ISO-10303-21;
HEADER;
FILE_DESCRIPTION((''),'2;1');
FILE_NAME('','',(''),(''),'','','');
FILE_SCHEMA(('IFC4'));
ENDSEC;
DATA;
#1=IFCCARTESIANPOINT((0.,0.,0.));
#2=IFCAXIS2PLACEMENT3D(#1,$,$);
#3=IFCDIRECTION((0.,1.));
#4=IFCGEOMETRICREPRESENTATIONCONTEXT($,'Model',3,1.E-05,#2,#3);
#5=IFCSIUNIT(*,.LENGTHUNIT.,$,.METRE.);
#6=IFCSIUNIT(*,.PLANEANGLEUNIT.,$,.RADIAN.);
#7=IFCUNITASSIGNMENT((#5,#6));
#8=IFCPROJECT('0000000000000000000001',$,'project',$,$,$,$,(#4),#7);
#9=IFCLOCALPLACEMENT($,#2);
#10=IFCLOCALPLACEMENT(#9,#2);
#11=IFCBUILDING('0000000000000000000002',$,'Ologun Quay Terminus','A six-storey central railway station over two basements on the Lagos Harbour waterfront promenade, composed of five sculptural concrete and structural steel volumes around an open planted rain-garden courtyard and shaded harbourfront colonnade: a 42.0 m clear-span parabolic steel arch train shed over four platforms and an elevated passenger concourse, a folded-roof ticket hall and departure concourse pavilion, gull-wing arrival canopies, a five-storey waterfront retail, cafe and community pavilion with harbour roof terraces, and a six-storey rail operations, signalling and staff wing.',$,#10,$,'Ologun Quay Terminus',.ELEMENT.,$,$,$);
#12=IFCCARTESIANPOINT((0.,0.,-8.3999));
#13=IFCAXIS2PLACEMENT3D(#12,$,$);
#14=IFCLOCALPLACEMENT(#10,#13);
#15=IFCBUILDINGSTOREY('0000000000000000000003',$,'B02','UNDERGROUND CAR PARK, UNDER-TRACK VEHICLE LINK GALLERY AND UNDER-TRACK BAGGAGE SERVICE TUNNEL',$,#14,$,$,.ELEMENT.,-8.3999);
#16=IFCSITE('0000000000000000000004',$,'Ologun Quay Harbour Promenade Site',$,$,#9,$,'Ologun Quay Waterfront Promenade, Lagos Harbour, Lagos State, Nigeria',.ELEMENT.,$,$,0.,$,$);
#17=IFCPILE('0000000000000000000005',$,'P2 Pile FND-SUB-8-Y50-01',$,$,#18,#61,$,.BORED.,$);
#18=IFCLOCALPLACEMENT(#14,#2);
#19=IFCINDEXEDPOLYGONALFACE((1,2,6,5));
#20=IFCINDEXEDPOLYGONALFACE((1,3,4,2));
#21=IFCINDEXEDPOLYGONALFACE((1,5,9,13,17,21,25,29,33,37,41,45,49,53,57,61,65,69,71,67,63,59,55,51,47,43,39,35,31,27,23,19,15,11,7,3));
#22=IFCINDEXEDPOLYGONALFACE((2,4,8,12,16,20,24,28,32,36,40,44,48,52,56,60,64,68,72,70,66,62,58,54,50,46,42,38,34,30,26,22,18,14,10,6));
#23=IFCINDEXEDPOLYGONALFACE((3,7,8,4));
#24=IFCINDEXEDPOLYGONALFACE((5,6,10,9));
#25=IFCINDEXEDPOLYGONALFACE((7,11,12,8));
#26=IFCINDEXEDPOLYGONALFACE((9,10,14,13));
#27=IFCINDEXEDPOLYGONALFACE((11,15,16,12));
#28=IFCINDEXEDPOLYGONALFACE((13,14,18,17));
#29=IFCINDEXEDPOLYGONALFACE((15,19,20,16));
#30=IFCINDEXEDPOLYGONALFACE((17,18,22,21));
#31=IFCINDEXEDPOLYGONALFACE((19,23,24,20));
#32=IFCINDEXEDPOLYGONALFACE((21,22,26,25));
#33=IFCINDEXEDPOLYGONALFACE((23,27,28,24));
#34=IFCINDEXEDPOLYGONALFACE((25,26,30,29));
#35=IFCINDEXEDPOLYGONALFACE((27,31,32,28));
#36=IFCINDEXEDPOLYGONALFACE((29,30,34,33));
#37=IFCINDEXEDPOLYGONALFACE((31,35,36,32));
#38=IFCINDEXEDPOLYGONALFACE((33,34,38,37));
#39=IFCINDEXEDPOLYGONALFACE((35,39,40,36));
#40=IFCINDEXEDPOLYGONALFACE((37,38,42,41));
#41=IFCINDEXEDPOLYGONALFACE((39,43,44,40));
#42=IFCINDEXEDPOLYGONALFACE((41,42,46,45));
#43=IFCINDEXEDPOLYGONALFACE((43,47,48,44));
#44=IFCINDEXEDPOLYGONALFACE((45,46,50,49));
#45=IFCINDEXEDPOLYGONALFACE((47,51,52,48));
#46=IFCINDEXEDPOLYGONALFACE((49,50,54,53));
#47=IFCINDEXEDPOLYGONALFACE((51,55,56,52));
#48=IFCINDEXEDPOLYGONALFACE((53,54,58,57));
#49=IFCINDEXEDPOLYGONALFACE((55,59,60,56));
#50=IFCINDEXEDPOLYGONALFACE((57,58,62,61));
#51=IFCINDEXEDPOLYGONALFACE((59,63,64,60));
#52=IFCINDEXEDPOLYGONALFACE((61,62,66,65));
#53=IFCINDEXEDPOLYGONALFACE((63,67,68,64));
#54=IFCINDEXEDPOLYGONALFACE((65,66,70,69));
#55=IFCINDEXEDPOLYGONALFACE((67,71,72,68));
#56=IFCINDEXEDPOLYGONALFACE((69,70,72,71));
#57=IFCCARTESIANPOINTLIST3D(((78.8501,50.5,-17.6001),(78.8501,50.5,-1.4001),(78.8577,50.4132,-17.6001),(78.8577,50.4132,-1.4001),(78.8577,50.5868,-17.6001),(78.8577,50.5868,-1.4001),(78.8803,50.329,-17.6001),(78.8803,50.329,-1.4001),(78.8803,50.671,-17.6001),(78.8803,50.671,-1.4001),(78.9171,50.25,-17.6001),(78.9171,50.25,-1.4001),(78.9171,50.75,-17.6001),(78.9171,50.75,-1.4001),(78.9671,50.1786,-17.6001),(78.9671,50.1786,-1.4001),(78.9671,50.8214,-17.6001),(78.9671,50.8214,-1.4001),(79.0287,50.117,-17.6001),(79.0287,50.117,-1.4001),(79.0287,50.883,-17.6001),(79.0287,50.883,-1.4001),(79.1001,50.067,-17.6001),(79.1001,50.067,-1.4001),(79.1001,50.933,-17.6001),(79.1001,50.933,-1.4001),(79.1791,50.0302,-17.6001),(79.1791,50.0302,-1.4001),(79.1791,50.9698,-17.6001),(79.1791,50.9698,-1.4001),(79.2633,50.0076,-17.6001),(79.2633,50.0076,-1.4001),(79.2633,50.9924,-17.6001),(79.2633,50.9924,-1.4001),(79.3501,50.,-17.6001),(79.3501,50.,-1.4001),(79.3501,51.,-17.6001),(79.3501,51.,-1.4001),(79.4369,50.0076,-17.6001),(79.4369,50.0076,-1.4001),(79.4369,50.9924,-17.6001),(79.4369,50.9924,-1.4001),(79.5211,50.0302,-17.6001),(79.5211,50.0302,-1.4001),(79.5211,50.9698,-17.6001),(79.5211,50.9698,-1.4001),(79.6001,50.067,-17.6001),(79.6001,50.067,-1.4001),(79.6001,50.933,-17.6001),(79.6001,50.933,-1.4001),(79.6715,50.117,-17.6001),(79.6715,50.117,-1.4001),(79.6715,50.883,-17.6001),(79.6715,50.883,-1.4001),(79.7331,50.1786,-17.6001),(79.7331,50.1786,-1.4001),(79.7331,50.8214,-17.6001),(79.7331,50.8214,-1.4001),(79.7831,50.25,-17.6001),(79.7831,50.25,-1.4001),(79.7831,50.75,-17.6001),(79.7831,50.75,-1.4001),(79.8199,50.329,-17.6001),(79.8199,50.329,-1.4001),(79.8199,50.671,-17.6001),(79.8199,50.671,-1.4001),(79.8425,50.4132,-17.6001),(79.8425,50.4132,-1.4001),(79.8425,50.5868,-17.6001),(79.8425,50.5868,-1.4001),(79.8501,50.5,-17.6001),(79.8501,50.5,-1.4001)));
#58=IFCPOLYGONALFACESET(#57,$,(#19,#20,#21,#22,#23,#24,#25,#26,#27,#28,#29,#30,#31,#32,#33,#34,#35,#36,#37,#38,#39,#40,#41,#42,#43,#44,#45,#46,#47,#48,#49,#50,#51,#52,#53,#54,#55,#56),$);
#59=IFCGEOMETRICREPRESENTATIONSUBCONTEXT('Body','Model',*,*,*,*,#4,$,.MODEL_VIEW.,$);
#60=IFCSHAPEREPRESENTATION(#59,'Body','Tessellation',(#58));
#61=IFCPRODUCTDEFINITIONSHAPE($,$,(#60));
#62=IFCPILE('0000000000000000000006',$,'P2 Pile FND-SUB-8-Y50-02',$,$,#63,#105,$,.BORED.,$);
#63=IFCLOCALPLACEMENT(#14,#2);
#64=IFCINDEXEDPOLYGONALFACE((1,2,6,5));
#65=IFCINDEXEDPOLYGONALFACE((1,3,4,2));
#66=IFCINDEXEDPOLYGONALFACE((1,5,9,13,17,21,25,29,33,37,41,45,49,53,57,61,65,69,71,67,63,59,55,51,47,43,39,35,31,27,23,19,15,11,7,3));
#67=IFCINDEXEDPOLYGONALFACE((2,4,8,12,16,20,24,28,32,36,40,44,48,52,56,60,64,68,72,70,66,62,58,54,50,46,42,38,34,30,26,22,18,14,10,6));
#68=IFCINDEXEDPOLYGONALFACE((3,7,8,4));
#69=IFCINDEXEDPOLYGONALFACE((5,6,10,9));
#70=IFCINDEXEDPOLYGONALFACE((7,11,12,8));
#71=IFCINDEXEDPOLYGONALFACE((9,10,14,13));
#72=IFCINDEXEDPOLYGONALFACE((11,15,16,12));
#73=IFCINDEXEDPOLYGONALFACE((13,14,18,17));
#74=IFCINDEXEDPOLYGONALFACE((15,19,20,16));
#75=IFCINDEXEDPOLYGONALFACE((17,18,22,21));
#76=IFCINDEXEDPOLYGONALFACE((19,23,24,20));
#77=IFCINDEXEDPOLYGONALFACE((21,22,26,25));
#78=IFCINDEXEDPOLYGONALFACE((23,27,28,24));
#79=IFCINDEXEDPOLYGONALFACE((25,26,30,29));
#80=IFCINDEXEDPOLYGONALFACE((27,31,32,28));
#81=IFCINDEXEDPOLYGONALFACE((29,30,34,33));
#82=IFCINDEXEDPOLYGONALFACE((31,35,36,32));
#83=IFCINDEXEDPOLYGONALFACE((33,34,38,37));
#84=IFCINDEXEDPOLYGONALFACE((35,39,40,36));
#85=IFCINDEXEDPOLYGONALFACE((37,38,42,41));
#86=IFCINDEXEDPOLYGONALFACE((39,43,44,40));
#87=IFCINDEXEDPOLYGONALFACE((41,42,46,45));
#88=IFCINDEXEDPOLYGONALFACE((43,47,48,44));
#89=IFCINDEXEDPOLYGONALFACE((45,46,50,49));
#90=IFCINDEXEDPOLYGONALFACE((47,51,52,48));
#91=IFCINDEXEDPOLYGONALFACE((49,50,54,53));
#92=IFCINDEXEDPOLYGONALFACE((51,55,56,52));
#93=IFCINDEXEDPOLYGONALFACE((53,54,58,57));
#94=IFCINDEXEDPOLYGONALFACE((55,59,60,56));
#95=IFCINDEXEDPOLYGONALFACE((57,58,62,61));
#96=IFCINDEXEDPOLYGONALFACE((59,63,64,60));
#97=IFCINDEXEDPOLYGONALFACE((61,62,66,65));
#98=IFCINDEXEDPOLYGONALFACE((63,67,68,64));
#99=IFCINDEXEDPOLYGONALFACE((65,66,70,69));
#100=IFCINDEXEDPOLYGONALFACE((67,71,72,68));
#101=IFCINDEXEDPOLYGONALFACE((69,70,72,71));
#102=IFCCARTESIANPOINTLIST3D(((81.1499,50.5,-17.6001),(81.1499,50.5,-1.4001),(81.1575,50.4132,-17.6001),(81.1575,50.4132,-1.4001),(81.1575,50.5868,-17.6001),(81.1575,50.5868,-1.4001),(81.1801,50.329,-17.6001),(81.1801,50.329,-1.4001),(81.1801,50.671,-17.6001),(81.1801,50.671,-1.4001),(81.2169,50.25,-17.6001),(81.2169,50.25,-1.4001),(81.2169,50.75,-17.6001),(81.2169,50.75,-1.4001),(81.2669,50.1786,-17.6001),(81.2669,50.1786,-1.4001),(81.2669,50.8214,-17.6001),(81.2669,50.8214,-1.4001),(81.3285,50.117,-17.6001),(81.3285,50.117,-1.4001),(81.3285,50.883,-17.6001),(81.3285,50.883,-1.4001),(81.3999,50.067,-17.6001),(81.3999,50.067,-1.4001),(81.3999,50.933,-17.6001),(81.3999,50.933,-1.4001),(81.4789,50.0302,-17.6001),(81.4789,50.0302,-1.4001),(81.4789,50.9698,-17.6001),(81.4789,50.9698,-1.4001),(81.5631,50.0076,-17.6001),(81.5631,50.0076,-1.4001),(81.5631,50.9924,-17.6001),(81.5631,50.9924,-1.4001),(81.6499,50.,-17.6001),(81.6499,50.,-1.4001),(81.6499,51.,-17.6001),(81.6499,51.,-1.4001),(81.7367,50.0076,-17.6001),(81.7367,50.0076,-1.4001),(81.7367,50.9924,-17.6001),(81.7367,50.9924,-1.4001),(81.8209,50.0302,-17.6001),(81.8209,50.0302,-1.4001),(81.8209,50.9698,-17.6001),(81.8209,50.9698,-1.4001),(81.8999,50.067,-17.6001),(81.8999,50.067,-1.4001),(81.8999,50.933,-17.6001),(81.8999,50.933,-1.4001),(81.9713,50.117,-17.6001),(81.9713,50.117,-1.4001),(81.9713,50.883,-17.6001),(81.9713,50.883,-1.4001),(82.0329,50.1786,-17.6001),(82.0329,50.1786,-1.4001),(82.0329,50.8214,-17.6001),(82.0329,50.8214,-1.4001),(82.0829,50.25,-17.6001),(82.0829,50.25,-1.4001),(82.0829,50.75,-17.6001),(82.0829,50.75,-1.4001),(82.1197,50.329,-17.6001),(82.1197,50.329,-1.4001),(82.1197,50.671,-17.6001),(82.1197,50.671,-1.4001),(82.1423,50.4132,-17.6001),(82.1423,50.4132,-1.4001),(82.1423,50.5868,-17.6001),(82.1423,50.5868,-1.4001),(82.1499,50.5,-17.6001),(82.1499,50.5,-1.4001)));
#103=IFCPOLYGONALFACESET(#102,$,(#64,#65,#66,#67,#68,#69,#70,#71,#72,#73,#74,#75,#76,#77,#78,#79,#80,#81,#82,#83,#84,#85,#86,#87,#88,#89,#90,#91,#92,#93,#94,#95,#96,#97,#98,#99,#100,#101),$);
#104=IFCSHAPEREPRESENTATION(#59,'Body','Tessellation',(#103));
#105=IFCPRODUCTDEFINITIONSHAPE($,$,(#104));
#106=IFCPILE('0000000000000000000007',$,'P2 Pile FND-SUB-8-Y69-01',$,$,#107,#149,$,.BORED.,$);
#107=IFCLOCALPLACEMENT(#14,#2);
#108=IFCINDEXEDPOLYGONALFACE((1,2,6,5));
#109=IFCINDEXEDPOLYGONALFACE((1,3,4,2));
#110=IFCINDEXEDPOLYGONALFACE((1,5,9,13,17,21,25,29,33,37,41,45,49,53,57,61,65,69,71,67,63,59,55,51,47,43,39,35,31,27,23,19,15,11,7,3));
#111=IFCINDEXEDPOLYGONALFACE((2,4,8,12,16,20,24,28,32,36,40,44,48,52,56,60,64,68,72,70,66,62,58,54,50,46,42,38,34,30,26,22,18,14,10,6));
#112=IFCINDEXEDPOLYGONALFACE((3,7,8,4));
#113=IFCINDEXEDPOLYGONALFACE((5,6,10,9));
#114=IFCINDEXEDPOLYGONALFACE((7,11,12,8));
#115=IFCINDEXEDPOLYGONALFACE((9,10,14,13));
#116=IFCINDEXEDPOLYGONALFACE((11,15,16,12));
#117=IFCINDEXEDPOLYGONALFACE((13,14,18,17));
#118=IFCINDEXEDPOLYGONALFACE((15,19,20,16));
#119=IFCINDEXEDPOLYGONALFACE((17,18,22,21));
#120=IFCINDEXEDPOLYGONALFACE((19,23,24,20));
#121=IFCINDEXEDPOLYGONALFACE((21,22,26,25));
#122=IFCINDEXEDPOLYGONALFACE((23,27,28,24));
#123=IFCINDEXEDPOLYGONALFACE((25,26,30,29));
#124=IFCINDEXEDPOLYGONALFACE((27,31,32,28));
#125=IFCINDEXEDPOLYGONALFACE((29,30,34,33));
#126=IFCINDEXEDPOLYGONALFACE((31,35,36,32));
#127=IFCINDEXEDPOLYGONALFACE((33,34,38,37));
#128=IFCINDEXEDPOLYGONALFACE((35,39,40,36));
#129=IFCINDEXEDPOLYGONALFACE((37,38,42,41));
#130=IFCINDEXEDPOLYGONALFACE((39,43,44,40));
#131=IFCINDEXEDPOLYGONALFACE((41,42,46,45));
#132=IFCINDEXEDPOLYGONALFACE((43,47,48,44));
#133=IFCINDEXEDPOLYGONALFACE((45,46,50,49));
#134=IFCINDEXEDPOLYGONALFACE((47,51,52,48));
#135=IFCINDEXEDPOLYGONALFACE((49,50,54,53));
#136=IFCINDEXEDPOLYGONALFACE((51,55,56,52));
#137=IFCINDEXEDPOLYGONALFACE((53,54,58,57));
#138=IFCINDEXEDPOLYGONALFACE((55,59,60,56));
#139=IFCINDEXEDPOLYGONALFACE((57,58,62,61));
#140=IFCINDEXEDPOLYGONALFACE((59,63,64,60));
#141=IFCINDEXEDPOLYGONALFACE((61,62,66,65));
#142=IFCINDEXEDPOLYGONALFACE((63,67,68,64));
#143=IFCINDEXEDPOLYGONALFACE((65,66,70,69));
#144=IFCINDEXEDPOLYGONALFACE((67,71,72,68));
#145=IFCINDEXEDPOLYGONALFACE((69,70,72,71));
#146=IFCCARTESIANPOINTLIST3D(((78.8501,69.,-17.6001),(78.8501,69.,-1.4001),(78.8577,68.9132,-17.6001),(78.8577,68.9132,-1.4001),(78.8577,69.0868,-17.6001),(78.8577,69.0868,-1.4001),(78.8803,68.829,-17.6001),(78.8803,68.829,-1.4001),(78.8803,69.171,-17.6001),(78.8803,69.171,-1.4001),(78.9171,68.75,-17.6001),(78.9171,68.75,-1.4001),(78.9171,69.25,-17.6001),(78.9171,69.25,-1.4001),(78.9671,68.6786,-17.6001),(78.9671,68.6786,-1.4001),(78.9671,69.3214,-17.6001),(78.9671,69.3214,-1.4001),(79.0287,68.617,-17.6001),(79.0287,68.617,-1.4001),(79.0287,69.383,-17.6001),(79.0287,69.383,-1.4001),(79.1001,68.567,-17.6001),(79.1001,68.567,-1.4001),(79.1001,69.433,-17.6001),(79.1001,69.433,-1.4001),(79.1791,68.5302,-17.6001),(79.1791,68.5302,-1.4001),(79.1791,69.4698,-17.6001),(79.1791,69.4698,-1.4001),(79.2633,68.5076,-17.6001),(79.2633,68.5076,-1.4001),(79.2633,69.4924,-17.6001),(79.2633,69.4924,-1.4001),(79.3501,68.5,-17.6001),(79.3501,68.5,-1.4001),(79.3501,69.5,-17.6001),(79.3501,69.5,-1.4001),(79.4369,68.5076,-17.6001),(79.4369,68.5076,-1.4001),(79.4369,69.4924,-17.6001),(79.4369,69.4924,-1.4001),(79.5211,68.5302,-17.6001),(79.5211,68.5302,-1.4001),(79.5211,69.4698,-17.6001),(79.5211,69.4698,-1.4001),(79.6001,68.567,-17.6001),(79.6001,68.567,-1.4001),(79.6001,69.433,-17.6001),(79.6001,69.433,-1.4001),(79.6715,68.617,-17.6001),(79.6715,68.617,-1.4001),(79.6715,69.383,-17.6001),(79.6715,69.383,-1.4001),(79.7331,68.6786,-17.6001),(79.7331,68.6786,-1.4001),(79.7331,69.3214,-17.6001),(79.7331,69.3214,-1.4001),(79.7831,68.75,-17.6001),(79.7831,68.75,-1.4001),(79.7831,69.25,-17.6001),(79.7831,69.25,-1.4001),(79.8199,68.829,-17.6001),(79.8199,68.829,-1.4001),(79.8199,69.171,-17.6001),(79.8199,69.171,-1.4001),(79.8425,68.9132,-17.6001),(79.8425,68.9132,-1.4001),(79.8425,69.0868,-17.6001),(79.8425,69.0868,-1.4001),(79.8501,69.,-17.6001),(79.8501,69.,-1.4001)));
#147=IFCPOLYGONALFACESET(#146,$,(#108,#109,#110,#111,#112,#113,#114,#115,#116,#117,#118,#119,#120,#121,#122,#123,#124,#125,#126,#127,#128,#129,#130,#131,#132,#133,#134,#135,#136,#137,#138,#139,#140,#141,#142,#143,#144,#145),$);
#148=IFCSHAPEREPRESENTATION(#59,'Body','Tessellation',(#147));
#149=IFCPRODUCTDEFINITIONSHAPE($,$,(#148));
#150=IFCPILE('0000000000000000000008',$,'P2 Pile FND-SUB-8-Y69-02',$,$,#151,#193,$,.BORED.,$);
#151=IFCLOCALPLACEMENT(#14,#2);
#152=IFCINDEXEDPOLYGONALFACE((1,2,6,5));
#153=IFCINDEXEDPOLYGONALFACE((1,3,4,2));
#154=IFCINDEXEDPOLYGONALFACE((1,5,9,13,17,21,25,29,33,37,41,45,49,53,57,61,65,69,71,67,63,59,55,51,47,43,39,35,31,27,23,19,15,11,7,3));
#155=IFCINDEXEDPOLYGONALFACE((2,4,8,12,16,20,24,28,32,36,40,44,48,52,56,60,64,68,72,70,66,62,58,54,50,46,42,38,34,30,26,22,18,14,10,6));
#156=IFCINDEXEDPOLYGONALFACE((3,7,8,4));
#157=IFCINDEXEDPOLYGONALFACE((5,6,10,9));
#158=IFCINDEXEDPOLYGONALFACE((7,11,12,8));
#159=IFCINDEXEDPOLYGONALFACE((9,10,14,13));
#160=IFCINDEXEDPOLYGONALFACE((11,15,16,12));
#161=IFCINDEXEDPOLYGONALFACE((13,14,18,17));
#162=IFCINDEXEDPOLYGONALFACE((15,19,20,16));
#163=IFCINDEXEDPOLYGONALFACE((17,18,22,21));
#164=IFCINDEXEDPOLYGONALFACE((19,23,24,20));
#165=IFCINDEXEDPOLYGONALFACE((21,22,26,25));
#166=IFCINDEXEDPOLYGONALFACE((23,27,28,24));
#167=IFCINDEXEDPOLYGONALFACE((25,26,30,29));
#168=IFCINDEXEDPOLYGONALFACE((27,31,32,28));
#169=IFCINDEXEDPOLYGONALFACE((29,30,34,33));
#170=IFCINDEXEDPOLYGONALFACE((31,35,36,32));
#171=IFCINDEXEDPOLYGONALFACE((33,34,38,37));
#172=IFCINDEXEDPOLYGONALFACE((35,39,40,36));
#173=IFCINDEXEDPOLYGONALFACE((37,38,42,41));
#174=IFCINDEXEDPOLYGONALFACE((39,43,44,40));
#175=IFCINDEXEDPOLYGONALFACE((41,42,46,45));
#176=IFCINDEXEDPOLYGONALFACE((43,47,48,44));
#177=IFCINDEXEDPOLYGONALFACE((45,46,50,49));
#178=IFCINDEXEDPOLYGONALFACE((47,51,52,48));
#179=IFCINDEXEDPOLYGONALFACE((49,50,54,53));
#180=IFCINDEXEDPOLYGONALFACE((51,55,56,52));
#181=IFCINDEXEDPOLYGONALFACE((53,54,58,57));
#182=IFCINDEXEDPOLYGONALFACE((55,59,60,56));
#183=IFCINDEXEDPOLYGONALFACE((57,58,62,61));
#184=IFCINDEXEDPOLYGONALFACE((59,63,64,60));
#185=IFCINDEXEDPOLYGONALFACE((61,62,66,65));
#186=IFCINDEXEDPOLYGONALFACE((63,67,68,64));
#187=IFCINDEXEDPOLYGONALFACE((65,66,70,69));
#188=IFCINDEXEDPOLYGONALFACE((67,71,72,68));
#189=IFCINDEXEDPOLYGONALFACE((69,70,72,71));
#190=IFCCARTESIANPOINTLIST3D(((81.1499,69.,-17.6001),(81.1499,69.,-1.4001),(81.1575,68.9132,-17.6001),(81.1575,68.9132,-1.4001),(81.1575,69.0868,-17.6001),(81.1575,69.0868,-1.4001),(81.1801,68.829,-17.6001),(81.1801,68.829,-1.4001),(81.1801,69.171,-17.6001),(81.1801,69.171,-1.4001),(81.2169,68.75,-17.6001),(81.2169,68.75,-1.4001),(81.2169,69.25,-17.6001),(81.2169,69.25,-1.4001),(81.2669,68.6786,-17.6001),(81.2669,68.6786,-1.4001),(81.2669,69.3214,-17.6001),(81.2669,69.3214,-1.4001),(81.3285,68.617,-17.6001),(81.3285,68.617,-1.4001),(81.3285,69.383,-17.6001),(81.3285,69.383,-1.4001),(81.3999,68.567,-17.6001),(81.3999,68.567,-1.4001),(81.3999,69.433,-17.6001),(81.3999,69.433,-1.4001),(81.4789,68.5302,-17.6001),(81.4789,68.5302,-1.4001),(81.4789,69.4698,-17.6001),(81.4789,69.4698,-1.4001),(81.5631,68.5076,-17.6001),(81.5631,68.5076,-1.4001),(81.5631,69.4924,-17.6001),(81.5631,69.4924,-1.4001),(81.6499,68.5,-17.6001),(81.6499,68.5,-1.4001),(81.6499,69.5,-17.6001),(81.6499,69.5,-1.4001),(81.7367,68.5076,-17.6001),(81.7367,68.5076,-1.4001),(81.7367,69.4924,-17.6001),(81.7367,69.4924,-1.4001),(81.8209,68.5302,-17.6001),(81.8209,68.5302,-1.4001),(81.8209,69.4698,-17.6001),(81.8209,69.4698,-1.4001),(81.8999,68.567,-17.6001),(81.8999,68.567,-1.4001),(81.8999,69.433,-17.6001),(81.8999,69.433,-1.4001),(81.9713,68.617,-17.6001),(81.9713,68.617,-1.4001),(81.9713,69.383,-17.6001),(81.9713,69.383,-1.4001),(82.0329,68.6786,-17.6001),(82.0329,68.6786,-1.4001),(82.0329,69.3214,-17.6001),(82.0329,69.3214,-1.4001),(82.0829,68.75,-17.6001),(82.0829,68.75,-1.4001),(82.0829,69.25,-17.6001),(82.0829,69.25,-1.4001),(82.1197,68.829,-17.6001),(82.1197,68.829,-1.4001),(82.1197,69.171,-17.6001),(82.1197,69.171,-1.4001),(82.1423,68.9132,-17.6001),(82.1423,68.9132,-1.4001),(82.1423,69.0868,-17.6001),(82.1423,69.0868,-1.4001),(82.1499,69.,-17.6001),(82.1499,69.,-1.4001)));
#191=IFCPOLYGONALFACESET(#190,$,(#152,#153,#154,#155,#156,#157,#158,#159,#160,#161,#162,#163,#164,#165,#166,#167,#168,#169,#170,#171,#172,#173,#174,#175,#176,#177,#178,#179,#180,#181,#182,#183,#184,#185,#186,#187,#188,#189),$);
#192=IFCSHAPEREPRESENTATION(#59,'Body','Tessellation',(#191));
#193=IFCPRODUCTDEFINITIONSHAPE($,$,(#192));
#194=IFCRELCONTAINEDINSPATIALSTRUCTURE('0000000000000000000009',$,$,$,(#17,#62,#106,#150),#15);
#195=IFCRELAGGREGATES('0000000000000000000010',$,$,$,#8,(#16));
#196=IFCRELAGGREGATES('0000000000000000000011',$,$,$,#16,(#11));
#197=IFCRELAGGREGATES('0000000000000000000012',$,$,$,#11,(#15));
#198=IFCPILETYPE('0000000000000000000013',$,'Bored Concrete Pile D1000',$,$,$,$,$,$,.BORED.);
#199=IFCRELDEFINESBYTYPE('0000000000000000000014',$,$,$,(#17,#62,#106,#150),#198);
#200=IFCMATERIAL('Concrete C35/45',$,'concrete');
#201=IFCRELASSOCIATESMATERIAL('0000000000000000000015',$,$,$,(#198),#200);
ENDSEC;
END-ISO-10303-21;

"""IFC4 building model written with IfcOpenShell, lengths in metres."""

from ifc_helpers import new_model, si_unit, direction, frame, origin, origin_2d, place, context, subcontext, project, spatial, circle, extrude, material, material_profile, profile_set, type_object, element, save


model = new_model("IFC4")

# Units and contexts
model_context = context("Model", 3, precision=1e-05, world=origin(), true_north=direction((0.0, 1.0)))
body_context = subcontext(model_context, "Body", "Model", "MODEL_VIEW")
ifc_project = project(units=[si_unit("LENGTHUNIT", "METRE"), si_unit("PLANEANGLEUNIT", "RADIAN")], contexts=[model_context])

# Site, building, storey
site_placement = place(None, origin())
site = spatial("IfcSite", under=ifc_project, at=site_placement, Name="Ologun Quay Harbour Promenade Site", LongName="Ologun Quay Waterfront Promenade, Lagos Harbour, Lagos State, Nigeria", CompositionType="ELEMENT", RefElevation=0.0)
building_placement = place(site_placement, origin())
building = spatial("IfcBuilding", under=site, at=building_placement, Name="Ologun Quay Terminus", Description="A six-storey central railway station over two basements on the Lagos Harbour waterfront promenade, composed of five sculptural concrete and structural steel volumes around an open planted rain-garden courtyard and shaded harbourfront colonnade: a 42.0 m clear-span parabolic steel arch train shed over four platforms and an elevated passenger concourse, a folded-roof ticket hall and departure concourse pavilion, gull-wing arrival canopies, a five-storey waterfront retail, cafe and community pavilion with harbour roof terraces, and a six-storey rail operations, signalling and staff wing.", LongName="Ologun Quay Terminus", CompositionType="ELEMENT")
storey_placement = place(building_placement, frame((0.0, 0.0, -8.3999)))
storey = spatial("IfcBuildingStorey", under=building, at=storey_placement, Name="B02", Description="UNDERGROUND CAR PARK, UNDER-TRACK VEHICLE LINK GALLERY AND UNDER-TRACK BAGGAGE SERVICE TUNNEL", CompositionType="ELEMENT", Elevation=-8.3999)

# Piles
ifc_material_1 = material(Name="Concrete C35/45", Category="concrete")
ifc_material_profile_1 = material_profile(ifc_material_1, circle(Radius=0.5, at=origin_2d()), Name="PILE D1000")
ifc_profile_set_1 = profile_set([ifc_material_profile_1], Name="Concrete C35/45")
pile_type_1 = type_object("IfcPileType", Name="Bored Concrete Pile D1000", PredefinedType="BORED", material=ifc_profile_set_1)
for number, where, z_axis, x_axis, name in (
    (1, (79.3501, 50.5, -1.4001), (0.0, 0.0, -1.0), (1.0, 0.0, 0.0), "P2 Pile FND-SUB-8-Y50-01"),
    (2, (81.6499, 50.5, -1.4001), (0.0, 0.0, -1.0), (1.0, 0.0, 0.0), "P2 Pile FND-SUB-8-Y50-02"),
    (3, (79.3501, 69.0, -1.4001), (0.0, 0.0, -1.0), (1.0, 0.0, 0.0), "P2 Pile FND-SUB-8-Y69-01"),
    (4, (81.6499, 69.0, -1.4001), (0.0, 0.0, -1.0), (1.0, 0.0, 0.0), "P2 Pile FND-SUB-8-Y69-02"),
):
    element("IfcPile", number, at=place(storey_placement, frame(where, z_axis=z_axis, x_axis=x_axis)), inside=storey, type_object=pile_type_1, Name=name, PredefinedType="BORED", context=body_context, shape_type="SweptSolid", body=[
        extrude(circle(Radius=0.5, at=origin_2d()), origin(), (0.0, 0.0, 1.0), 16.2),
    ])

save(model, "model.ifc")
